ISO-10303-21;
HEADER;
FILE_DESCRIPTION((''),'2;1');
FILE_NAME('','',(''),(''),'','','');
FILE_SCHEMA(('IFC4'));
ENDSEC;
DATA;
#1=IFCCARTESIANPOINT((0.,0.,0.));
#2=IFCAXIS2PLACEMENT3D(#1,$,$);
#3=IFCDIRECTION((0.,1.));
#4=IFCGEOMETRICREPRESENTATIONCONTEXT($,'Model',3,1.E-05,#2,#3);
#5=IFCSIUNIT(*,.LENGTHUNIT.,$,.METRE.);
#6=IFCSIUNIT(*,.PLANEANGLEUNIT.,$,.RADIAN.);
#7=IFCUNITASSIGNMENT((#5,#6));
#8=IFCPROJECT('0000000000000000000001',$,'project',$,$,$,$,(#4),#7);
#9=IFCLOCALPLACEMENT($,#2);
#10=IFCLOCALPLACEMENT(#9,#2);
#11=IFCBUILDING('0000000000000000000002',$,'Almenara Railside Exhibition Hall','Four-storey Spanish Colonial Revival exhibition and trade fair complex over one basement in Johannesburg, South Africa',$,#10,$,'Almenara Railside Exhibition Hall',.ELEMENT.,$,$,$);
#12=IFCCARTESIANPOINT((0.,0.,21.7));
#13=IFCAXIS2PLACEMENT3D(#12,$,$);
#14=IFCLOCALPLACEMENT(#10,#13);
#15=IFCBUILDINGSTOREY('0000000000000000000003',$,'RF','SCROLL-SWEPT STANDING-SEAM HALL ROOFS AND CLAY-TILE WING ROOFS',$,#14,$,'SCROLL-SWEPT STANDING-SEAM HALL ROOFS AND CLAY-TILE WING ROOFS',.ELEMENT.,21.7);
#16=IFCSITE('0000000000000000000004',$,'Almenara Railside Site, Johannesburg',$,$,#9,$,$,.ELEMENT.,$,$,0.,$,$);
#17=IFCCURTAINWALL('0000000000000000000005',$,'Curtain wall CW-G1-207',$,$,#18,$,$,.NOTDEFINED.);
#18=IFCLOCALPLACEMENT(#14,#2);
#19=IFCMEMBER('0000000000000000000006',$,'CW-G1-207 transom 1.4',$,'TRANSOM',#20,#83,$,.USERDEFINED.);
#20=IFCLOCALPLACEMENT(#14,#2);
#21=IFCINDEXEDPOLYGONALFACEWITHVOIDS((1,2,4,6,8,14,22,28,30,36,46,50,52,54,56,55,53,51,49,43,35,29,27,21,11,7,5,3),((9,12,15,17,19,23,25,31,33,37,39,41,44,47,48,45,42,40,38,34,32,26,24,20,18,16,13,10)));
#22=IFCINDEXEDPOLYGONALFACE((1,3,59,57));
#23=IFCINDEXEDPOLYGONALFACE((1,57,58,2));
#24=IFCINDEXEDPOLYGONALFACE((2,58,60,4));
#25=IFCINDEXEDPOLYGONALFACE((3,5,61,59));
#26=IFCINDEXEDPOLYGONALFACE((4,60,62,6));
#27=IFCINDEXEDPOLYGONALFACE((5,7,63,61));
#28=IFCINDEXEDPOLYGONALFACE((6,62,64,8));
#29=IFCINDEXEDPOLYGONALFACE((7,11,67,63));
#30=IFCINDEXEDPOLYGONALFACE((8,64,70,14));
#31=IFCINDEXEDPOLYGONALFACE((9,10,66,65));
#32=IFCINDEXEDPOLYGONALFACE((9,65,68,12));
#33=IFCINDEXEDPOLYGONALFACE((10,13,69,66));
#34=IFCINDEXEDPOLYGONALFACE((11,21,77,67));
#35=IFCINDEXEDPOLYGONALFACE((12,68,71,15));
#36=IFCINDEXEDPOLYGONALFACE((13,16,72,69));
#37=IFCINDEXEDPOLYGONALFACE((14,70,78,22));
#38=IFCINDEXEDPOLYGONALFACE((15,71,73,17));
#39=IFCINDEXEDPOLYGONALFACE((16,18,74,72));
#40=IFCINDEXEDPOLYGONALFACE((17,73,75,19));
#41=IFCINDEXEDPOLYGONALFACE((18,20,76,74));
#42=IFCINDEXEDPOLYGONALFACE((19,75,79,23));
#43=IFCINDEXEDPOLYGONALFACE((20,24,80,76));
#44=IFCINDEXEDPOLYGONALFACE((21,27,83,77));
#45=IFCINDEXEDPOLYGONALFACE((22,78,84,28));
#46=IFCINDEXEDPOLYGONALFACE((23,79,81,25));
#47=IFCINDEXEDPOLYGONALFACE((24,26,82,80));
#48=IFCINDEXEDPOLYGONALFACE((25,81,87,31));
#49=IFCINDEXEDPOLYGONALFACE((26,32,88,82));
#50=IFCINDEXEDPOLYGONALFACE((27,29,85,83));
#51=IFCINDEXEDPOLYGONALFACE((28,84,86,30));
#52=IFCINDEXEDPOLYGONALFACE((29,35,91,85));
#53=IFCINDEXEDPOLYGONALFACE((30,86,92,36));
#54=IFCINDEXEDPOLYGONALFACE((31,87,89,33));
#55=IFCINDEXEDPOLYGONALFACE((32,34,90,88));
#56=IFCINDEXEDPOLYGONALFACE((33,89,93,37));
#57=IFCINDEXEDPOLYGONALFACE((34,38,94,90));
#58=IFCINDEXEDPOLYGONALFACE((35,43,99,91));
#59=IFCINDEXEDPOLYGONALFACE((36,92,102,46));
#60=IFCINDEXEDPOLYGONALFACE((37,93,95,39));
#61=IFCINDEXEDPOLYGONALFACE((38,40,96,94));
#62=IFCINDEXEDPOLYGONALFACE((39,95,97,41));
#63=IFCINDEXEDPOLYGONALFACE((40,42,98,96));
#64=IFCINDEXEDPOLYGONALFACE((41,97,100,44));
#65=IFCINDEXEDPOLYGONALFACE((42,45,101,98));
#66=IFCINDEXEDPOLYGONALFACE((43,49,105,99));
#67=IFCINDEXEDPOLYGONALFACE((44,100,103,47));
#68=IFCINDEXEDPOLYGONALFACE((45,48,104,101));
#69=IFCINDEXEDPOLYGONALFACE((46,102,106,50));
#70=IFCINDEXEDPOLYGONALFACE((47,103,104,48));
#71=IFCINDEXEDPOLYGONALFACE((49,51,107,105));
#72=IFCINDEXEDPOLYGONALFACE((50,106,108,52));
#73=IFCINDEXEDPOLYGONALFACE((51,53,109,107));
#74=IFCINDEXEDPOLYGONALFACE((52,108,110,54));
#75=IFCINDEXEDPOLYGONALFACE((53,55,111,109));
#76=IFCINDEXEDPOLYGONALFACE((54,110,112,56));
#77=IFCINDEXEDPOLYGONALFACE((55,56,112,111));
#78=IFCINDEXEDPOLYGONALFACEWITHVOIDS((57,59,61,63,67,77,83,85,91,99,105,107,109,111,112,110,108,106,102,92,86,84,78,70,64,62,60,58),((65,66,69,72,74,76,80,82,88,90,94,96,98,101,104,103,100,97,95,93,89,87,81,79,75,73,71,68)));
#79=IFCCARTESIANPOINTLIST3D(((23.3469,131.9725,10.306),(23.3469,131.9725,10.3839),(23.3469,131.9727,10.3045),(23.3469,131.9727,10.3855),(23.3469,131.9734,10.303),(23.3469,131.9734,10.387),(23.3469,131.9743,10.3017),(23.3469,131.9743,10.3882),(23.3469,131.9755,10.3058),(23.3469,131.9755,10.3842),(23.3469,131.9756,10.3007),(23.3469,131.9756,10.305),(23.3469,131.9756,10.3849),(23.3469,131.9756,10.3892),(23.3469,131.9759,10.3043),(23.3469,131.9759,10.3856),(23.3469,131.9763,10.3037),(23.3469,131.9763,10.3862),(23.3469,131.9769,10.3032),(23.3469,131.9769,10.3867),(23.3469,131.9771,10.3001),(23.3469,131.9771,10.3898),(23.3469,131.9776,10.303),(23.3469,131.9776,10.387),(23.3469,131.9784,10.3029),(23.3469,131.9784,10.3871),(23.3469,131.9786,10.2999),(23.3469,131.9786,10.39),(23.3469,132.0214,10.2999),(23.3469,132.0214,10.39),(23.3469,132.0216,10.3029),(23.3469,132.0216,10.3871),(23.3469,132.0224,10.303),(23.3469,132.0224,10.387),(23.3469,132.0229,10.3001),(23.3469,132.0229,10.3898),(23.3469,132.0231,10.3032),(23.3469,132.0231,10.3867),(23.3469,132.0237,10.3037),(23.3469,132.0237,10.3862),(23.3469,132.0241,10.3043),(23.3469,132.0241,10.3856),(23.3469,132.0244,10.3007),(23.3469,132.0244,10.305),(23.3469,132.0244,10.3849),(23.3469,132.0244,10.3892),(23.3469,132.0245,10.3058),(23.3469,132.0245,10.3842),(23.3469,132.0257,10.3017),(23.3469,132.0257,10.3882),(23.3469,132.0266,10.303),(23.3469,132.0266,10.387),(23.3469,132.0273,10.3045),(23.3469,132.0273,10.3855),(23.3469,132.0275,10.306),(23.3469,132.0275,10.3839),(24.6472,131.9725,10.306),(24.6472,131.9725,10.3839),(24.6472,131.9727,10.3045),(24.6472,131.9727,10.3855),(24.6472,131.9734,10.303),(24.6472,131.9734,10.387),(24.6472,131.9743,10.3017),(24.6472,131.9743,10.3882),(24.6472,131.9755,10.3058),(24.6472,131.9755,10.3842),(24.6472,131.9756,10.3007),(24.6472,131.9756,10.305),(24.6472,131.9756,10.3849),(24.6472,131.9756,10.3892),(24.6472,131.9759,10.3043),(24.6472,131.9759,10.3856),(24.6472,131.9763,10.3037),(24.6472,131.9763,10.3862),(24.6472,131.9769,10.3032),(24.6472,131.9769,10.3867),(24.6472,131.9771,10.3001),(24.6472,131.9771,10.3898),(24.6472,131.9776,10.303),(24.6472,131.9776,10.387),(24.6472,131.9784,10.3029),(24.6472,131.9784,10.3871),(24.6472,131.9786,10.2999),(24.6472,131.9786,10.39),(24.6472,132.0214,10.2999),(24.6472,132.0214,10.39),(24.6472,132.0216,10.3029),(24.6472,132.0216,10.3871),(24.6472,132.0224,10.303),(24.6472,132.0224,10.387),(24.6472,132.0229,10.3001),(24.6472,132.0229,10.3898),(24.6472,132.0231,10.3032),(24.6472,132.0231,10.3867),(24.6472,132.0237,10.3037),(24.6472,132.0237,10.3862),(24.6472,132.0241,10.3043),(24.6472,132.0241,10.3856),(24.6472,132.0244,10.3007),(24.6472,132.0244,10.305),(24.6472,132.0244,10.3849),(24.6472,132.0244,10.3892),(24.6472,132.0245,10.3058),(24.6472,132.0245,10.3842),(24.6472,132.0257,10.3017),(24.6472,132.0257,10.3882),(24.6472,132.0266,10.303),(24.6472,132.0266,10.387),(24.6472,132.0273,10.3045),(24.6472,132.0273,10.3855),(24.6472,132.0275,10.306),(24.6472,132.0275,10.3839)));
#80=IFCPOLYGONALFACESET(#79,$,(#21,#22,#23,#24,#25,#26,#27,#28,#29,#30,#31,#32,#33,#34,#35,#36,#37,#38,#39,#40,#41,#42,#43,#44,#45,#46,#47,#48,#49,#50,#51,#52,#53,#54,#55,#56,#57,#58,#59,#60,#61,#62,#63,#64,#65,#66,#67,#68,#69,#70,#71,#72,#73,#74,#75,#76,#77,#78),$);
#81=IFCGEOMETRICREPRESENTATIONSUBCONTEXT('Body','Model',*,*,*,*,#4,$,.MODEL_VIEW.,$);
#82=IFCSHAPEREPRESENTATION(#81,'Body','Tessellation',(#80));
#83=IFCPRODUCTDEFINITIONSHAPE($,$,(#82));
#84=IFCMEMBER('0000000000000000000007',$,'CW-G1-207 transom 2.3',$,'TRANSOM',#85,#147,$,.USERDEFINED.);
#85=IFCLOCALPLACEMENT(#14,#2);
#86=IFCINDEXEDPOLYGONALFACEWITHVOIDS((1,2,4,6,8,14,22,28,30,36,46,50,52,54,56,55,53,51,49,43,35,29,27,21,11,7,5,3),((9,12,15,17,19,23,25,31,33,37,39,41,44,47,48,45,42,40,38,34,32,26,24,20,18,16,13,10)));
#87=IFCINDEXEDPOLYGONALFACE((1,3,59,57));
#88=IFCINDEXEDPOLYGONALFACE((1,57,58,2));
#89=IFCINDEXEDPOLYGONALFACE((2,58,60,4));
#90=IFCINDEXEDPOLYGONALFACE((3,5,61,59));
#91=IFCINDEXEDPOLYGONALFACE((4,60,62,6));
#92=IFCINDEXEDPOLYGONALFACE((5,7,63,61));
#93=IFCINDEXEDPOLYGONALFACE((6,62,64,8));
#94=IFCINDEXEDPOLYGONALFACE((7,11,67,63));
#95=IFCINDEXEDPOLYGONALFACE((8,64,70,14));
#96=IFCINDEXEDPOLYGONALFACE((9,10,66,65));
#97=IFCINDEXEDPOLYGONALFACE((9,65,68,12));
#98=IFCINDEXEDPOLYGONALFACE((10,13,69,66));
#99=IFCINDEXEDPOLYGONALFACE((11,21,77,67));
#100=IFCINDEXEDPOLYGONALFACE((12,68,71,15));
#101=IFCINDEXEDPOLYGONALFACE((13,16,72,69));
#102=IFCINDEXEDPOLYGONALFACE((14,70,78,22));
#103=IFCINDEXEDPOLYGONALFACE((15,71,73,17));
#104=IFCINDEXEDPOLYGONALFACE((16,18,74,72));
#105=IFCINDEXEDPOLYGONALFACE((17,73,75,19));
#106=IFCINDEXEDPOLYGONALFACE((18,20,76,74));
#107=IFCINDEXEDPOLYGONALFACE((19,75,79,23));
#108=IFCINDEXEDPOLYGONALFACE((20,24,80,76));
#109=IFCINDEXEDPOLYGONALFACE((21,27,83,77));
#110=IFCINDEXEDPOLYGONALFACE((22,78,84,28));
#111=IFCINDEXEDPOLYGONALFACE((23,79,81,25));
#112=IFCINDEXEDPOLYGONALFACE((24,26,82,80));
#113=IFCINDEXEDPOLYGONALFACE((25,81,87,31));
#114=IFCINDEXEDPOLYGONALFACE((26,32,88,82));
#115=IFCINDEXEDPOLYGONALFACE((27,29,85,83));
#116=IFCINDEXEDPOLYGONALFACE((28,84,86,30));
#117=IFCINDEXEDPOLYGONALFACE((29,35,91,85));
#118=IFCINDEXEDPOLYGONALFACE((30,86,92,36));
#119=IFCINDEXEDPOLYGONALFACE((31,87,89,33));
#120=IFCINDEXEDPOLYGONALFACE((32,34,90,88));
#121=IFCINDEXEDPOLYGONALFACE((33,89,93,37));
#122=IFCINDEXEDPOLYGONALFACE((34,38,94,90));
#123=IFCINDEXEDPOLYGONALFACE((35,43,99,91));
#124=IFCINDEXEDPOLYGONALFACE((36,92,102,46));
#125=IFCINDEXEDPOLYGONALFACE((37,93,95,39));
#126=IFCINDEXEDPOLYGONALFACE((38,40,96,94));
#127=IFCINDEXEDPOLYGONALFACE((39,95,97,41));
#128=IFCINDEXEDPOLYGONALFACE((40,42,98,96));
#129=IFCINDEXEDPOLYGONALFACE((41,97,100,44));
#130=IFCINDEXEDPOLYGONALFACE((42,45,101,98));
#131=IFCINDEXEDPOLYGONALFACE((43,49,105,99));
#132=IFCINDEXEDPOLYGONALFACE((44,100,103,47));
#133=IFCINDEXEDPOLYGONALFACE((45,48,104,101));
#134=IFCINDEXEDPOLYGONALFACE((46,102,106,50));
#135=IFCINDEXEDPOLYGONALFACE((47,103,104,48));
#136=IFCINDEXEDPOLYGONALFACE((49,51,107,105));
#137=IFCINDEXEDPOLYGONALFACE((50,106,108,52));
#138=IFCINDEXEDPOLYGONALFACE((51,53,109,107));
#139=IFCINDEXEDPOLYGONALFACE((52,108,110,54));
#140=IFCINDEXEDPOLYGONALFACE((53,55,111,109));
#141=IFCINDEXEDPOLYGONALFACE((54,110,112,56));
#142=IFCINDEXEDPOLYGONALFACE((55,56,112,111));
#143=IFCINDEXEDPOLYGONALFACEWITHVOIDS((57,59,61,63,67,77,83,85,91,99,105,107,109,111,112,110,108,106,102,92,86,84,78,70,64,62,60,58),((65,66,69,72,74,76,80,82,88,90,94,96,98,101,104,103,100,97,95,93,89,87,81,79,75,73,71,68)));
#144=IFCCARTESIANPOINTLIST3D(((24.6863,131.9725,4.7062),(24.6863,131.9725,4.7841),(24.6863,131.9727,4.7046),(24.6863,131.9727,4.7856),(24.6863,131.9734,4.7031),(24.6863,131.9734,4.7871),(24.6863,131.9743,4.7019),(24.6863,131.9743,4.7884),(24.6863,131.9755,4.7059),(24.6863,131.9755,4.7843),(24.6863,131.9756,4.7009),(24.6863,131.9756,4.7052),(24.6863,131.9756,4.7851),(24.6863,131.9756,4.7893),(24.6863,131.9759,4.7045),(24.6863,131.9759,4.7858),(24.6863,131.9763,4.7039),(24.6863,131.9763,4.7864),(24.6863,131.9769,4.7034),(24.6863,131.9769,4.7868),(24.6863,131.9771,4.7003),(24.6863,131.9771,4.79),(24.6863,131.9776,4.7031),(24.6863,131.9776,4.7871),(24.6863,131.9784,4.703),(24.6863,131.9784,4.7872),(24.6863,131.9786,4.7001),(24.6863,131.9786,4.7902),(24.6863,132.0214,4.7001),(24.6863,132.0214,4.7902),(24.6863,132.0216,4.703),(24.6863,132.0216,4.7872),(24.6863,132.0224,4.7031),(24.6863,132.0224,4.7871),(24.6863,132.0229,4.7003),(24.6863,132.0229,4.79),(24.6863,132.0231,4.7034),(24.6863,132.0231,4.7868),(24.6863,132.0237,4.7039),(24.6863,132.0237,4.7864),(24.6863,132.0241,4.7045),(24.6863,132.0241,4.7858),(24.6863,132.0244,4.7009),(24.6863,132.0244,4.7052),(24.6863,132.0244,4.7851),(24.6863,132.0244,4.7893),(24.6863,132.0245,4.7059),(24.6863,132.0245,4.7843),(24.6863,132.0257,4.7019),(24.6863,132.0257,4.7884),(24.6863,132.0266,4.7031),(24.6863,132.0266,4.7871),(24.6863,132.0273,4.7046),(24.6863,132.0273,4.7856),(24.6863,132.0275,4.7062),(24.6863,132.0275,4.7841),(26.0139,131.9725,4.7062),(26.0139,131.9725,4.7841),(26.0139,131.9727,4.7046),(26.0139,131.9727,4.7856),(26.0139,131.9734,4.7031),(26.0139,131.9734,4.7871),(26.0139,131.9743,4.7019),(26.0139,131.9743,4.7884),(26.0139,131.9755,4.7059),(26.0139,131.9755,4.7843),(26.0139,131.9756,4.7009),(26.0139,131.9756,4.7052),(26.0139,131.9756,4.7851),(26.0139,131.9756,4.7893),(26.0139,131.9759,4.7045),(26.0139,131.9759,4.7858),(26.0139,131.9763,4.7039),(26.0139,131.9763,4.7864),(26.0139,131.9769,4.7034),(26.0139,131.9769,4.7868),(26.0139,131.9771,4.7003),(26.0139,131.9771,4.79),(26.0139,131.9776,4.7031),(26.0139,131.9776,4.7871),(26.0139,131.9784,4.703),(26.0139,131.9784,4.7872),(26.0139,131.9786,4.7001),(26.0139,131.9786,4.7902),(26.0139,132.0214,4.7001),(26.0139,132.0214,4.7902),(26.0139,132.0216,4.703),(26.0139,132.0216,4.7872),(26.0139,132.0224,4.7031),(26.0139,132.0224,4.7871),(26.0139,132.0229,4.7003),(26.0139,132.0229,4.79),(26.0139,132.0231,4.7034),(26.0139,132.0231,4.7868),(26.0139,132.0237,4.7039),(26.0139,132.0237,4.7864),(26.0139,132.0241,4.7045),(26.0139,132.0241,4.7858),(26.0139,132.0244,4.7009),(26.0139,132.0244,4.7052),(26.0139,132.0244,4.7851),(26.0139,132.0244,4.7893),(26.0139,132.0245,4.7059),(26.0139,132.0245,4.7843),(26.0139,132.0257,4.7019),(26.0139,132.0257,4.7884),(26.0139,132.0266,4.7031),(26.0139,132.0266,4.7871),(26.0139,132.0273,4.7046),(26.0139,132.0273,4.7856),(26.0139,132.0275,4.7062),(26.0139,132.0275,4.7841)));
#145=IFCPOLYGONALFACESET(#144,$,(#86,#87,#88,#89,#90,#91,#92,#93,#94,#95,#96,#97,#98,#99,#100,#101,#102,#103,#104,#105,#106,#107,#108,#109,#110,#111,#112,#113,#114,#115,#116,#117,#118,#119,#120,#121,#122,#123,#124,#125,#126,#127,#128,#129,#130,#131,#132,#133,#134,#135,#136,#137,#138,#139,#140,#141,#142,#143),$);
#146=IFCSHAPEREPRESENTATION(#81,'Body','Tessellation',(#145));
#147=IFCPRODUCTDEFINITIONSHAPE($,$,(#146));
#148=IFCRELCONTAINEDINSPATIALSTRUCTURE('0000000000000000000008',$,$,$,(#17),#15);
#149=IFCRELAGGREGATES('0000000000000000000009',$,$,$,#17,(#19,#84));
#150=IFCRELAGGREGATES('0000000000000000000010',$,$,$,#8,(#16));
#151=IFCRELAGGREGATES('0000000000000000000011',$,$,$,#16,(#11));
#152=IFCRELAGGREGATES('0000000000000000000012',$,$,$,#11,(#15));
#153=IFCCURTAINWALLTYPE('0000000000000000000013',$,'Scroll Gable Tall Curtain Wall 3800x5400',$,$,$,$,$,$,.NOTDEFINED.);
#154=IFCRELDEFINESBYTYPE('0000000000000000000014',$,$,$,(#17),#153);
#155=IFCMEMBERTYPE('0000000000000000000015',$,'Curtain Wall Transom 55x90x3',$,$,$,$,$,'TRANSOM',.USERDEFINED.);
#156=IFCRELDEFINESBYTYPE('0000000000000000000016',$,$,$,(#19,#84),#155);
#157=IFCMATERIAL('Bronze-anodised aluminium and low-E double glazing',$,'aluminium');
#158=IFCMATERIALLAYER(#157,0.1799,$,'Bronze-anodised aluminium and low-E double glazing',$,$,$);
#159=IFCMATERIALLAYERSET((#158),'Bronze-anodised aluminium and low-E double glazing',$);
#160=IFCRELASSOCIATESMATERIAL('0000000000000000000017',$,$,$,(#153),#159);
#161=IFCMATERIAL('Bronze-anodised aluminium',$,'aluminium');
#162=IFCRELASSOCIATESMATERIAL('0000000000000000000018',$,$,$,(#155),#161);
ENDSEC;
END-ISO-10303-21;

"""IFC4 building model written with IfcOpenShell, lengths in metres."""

from ifc_helpers import new_model, si_unit, direction, frame, origin, origin_2d, place, context, subcontext, project, spatial, hollow_rectangle, extrude, material, layer, layer_set, material_profile, profile_set, type_object, element, aggregate, save


model = new_model("IFC4")

# Units and contexts
model_context = context("Model", 3, precision=1e-05, world=origin(), true_north=direction((0.0, 1.0)))
body_context = subcontext(model_context, "Body", "Model", "MODEL_VIEW")
ifc_project = project(units=[si_unit("LENGTHUNIT", "METRE"), si_unit("PLANEANGLEUNIT", "RADIAN")], contexts=[model_context])

# Site, building, storey
site_placement = place(None, origin())
site = spatial("IfcSite", under=ifc_project, at=site_placement, Name="Almenara Railside Site, Johannesburg", CompositionType="ELEMENT", RefElevation=0.0)
building_placement = place(site_placement, origin())
building = spatial("IfcBuilding", under=site, at=building_placement, Name="Almenara Railside Exhibition Hall", Description="Four-storey Spanish Colonial Revival exhibition and trade fair complex over one basement in Johannesburg, South Africa", LongName="Almenara Railside Exhibition Hall", CompositionType="ELEMENT")
storey_placement = place(building_placement, frame((0.0, 0.0, 21.7)))
storey = spatial("IfcBuildingStorey", under=building, at=storey_placement, Name="RF", Description="SCROLL-SWEPT STANDING-SEAM HALL ROOFS AND CLAY-TILE WING ROOFS", LongName="SCROLL-SWEPT STANDING-SEAM HALL ROOFS AND CLAY-TILE WING ROOFS", CompositionType="ELEMENT", Elevation=21.7)

# Curtain wall, members
ifc_material_1 = material(Name="Bronze-anodised aluminium and low-E double glazing", Category="aluminium")
ifc_layer_1 = layer(ifc_material_1, 0.1799, Name="Bronze-anodised aluminium and low-E double glazing")
ifc_layer_set_1 = layer_set([ifc_layer_1], Name="Bronze-anodised aluminium and low-E double glazing")
curtain_wall_type = type_object("IfcCurtainWallType", Name="Scroll Gable Tall Curtain Wall 3800x5400", PredefinedType="NOTDEFINED", material=ifc_layer_set_1)
curtain_wall_1_placement = place(storey_placement, origin())
curtain_wall_1 = element("IfcCurtainWall", 1, at=curtain_wall_1_placement, inside=storey, type_object=curtain_wall_type, Name="Curtain wall CW-G1-207", PredefinedType="NOTDEFINED")
ifc_material_2 = material(Name="Bronze-anodised aluminium", Category="aluminium")
ifc_material_profile_1 = material_profile(ifc_material_2, hollow_rectangle(XDim=0.0549, YDim=0.0901, WallThickness=0.0029, InnerFilletRadius=0.0029, OuterFilletRadius=0.0061, at=origin_2d()), Name="ALU-TRN 55x90x3")
ifc_profile_set_1 = profile_set([ifc_material_profile_1], Name="Bronze-anodised aluminium")
member_type_1 = type_object("IfcMemberType", Name="Curtain Wall Transom 55x90x3", ElementType="TRANSOM", PredefinedType="USERDEFINED", material=ifc_profile_set_1)
member_1_placement = place(storey_placement, frame((23.3469, 132.0, 10.345), z_axis=(1.0, 0.0, 0.0), x_axis=(0.0, 1.0, 0.0)))
member_1 = element("IfcMember", 2, at=member_1_placement, type_object=member_type_1, Name="CW-G1-207 transom 1.4", ObjectType="TRANSOM", PredefinedType="USERDEFINED", context=body_context, shape_type="SweptSolid", body=[
    extrude(hollow_rectangle(XDim=0.0549, YDim=0.0901, WallThickness=0.0029, InnerFilletRadius=0.0029, OuterFilletRadius=0.0061, at=origin_2d()), origin(), (0.0, 0.0, 1.0), 1.3003),
])
member_2_placement = place(storey_placement, frame((24.6863, 132.0, 4.7451), z_axis=(1.0, 0.0, 0.0), x_axis=(0.0, 1.0, 0.0)))
member_2 = element("IfcMember", 3, at=member_2_placement, type_object=member_type_1, Name="CW-G1-207 transom 2.3", ObjectType="TRANSOM", PredefinedType="USERDEFINED", context=body_context, shape_type="SweptSolid", body=[
    extrude(hollow_rectangle(XDim=0.0549, YDim=0.0901, WallThickness=0.0029, InnerFilletRadius=0.0029, OuterFilletRadius=0.0061, at=origin_2d()), origin(), (0.0, 0.0, 1.0), 1.3276),
])

aggregate(curtain_wall_1, [member_1, member_2])

save(model, "model.ifc")
